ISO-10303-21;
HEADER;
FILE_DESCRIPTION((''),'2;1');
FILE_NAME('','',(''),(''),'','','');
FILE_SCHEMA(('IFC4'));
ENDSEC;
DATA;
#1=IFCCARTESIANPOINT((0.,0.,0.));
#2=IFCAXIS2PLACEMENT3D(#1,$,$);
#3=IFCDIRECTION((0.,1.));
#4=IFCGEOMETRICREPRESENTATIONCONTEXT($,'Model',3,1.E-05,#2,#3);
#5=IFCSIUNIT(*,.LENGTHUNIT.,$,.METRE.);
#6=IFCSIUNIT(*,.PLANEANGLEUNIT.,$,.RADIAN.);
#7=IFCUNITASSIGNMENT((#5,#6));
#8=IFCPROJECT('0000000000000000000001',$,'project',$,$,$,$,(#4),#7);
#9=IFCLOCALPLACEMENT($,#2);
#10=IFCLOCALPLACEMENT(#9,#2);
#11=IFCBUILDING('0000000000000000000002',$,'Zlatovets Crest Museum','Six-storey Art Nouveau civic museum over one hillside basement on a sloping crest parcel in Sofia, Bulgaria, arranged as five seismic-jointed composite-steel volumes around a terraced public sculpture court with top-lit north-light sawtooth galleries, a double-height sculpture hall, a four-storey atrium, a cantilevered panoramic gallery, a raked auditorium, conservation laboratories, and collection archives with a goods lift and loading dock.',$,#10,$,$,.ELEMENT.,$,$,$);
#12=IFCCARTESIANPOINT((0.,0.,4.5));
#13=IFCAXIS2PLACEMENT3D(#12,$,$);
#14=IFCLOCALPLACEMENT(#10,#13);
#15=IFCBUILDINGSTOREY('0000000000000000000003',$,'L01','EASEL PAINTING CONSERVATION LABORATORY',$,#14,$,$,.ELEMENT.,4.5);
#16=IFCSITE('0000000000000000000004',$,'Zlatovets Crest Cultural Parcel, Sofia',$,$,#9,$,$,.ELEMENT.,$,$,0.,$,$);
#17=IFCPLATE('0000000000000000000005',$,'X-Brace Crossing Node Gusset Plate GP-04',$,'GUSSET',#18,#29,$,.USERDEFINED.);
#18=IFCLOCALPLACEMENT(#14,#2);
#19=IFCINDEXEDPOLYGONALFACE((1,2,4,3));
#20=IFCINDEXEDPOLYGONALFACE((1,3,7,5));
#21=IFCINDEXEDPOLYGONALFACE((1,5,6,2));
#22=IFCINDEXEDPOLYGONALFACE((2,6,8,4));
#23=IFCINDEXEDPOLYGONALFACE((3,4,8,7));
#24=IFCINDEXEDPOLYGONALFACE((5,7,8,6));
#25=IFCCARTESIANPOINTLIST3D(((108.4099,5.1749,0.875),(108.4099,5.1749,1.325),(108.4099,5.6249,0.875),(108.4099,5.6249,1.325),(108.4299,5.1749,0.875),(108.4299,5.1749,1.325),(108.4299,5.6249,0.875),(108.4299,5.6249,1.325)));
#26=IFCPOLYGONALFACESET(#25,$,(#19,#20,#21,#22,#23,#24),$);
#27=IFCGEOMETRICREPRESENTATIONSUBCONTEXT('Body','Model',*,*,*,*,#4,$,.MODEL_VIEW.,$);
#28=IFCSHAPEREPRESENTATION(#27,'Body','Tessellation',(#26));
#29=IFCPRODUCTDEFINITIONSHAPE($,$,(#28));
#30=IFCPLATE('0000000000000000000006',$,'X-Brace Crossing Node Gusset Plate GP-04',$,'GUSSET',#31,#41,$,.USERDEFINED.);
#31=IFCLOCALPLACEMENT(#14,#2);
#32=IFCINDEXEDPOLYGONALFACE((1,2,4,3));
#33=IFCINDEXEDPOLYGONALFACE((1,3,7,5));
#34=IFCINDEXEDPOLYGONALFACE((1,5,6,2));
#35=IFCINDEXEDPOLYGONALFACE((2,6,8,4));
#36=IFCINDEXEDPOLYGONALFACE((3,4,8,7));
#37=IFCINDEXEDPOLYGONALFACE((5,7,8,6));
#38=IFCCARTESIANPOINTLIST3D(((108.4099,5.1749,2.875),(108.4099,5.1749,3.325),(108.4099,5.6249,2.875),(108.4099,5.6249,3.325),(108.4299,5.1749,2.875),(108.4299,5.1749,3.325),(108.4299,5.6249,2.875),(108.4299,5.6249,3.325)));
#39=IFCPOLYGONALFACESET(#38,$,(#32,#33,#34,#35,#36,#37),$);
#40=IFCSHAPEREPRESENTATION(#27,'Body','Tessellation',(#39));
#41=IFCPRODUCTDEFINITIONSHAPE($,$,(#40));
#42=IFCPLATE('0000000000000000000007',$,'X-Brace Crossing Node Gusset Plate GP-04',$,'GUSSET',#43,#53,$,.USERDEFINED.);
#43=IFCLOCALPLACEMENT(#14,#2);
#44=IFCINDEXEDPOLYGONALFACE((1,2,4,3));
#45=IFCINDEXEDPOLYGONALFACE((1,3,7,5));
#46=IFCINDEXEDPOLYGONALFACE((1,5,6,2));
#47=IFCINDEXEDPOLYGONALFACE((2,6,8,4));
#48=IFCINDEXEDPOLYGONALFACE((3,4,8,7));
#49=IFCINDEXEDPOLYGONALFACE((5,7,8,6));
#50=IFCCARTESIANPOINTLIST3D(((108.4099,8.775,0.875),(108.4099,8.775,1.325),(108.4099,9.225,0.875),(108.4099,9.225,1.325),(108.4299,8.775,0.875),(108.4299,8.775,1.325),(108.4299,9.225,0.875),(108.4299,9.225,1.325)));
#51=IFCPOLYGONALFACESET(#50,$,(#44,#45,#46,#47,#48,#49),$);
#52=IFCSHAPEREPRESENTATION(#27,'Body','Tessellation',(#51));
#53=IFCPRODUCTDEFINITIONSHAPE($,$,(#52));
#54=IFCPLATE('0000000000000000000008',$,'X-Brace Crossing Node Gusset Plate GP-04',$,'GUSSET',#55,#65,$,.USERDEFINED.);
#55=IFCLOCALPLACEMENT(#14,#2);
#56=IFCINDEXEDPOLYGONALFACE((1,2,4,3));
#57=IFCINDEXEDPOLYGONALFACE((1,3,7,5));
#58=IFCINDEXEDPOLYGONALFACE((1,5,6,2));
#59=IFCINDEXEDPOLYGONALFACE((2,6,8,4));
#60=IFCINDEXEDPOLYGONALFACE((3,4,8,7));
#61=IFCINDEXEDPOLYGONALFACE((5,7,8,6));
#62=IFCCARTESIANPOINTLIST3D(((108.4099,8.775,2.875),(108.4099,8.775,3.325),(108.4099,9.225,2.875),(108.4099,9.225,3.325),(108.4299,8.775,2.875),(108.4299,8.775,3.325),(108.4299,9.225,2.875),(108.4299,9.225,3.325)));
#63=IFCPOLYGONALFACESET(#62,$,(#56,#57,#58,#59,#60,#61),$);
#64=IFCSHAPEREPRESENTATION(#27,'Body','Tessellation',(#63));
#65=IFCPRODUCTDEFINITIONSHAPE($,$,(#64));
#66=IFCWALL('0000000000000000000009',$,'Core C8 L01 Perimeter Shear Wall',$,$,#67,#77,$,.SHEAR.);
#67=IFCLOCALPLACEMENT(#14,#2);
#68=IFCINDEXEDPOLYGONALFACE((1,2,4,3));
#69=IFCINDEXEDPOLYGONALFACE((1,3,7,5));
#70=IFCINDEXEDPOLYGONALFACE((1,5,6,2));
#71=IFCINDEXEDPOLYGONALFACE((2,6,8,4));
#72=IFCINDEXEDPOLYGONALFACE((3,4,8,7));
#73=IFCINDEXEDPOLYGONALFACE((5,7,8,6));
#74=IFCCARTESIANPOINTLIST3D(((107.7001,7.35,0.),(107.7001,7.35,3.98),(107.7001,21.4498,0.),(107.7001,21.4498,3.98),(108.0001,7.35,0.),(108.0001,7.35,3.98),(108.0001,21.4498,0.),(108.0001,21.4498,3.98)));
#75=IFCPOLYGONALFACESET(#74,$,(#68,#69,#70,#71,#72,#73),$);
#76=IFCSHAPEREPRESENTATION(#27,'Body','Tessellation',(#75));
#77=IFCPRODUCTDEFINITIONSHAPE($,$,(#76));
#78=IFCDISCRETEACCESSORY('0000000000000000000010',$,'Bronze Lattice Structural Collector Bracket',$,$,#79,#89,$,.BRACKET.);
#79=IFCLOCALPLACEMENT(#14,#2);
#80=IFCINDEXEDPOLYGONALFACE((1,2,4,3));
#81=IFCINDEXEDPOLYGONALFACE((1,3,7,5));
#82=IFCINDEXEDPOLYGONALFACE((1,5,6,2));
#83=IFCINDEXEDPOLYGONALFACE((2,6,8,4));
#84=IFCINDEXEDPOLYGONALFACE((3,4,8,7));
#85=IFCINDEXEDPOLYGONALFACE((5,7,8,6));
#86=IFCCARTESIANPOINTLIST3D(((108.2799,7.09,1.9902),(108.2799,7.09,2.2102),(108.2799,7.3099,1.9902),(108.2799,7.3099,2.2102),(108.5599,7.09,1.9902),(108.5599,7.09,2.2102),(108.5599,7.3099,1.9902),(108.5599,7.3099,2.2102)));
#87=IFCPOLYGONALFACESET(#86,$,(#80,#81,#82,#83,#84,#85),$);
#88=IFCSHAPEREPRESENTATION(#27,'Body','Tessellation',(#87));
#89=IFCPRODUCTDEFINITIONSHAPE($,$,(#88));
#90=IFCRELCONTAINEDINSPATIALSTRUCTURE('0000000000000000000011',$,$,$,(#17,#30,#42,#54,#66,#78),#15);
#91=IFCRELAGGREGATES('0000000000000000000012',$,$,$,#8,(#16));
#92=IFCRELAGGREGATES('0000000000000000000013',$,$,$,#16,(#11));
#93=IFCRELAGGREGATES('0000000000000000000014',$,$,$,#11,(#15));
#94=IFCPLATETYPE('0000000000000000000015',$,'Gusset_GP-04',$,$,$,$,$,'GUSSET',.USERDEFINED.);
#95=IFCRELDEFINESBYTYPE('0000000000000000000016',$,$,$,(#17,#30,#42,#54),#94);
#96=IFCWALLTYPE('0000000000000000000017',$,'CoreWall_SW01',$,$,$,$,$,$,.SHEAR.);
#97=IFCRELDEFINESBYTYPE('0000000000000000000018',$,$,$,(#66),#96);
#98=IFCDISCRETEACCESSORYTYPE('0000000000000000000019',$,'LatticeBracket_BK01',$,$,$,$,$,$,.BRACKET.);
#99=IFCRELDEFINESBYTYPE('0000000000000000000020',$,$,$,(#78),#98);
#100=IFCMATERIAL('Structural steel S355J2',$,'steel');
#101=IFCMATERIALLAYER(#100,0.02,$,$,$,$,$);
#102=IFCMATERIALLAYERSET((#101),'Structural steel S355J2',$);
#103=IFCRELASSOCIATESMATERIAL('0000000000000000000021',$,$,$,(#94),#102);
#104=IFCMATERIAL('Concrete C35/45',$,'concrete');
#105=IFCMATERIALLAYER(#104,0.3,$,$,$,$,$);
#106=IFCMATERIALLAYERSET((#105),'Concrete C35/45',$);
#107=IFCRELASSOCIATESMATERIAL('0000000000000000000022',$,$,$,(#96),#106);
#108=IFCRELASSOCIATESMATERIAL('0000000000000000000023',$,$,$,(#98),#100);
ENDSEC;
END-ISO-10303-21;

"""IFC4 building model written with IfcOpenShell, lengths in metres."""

from ifc_helpers import new_model, si_unit, direction, frame, frame_2d, origin, origin_2d, place, context, subcontext, project, spatial, rectangle, extrude, material, layer, layer_set, type_object, element, save


model = new_model("IFC4")

# Units and contexts
model_context = context("Model", 3, precision=1e-05, world=origin(), true_north=direction((0.0, 1.0)))
body_context = subcontext(model_context, "Body", "Model", "MODEL_VIEW")
ifc_project = project(units=[si_unit("LENGTHUNIT", "METRE"), si_unit("PLANEANGLEUNIT", "RADIAN")], contexts=[model_context])

# Site, building, storey
site_placement = place(None, origin())
site = spatial("IfcSite", under=ifc_project, at=site_placement, Name="Zlatovets Crest Cultural Parcel, Sofia", CompositionType="ELEMENT", RefElevation=0.0)
building_placement = place(site_placement, origin())
building = spatial("IfcBuilding", under=site, at=building_placement, Name="Zlatovets Crest Museum", Description="Six-storey Art Nouveau civic museum over one hillside basement on a sloping crest parcel in Sofia, Bulgaria, arranged as five seismic-jointed composite-steel volumes around a terraced public sculpture court with top-lit north-light sawtooth galleries, a double-height sculpture hall, a four-storey atrium, a cantilevered panoramic gallery, a raked auditorium, conservation laboratories, and collection archives with a goods lift and loading dock.", CompositionType="ELEMENT")
storey_placement = place(building_placement, frame((0.0, 0.0, 4.5)))
storey = spatial("IfcBuildingStorey", under=building, at=storey_placement, Name="L01", Description="EASEL PAINTING CONSERVATION LABORATORY", CompositionType="ELEMENT", Elevation=4.5)

# Shared definitions
ifc_material_1 = material(Name="Structural steel S355J2", Category="steel")

# Plates
ifc_layer_1 = layer(ifc_material_1, 0.02)
ifc_layer_set_1 = layer_set([ifc_layer_1], Name="Structural steel S355J2")
plate_type_1 = type_object("IfcPlateType", Name="Gusset_GP-04", ElementType="GUSSET", PredefinedType="USERDEFINED", material=ifc_layer_set_1)
for number, where, z_axis, x_axis, name in (
    (1, (108.4199, 5.3999, 0.875), (0.0, 0.0, 1.0), (1.0, 0.0, 0.0), "X-Brace Crossing Node Gusset Plate GP-04"),
    (2, (108.4199, 5.3999, 2.875), (0.0, 0.0, 1.0), (1.0, 0.0, 0.0), "X-Brace Crossing Node Gusset Plate GP-04"),
    (3, (108.4199, 9.0, 0.875), (0.0, 0.0, 1.0), (1.0, 0.0, 0.0), "X-Brace Crossing Node Gusset Plate GP-04"),
    (4, (108.4199, 9.0, 2.875), (0.0, 0.0, 1.0), (1.0, 0.0, 0.0), "X-Brace Crossing Node Gusset Plate GP-04"),
):
    element("IfcPlate", number, at=place(storey_placement, frame(where, z_axis=z_axis, x_axis=x_axis)), inside=storey, type_object=plate_type_1, Name=name, ObjectType="GUSSET", PredefinedType="USERDEFINED", context=body_context, shape_type="SweptSolid", body=[
        extrude(rectangle(XDim=0.02, YDim=0.45, at=origin_2d()), origin(), (0.0, 0.0, 1.0), 0.45),
    ])

# Wall
ifc_material_2 = material(Name="Concrete C35/45", Category="concrete")
ifc_layer_2 = layer(ifc_material_2, 0.3)
ifc_layer_set_2 = layer_set([ifc_layer_2], Name="Concrete C35/45")
wall_type_1 = type_object("IfcWallType", Name="CoreWall_SW01", PredefinedType="SHEAR", material=ifc_layer_set_2)
wall_1_placement = place(storey_placement, frame((107.8501, 7.3501, 0.0), z_axis=(0.0, 0.0, 1.0), x_axis=(0.0, 1.0, 0.0)))
element("IfcWall", 5, at=wall_1_placement, inside=storey, type_object=wall_type_1, Name="Core C8 L01 Perimeter Shear Wall", PredefinedType="SHEAR", context=body_context, shape_type="SweptSolid", body=[
    extrude(rectangle(XDim=14.0999, YDim=0.3, at=frame_2d((7.0498, 0.0))), origin(), (0.0, 0.0, 1.0), 3.98),
])

# Discrete accessory
discrete_accessory_type = type_object("IfcDiscreteAccessoryType", Name="LatticeBracket_BK01", PredefinedType="BRACKET", material=ifc_material_1)
discrete_accessory_placement = place(storey_placement, frame((108.4199, 7.2, 1.9902), z_axis=(0.0, 0.0, 1.0), x_axis=(1.0, 0.0, 0.0)))
element("IfcDiscreteAccessory", 6, at=discrete_accessory_placement, inside=storey, type_object=discrete_accessory_type, Name="Bronze Lattice Structural Collector Bracket", PredefinedType="BRACKET", context=body_context, shape_type="SweptSolid", body=[
    extrude(rectangle(XDim=0.28, YDim=0.22, at=origin_2d()), origin(), (0.0, 0.0, 1.0), 0.22),
])

save(model, "model.ifc")
